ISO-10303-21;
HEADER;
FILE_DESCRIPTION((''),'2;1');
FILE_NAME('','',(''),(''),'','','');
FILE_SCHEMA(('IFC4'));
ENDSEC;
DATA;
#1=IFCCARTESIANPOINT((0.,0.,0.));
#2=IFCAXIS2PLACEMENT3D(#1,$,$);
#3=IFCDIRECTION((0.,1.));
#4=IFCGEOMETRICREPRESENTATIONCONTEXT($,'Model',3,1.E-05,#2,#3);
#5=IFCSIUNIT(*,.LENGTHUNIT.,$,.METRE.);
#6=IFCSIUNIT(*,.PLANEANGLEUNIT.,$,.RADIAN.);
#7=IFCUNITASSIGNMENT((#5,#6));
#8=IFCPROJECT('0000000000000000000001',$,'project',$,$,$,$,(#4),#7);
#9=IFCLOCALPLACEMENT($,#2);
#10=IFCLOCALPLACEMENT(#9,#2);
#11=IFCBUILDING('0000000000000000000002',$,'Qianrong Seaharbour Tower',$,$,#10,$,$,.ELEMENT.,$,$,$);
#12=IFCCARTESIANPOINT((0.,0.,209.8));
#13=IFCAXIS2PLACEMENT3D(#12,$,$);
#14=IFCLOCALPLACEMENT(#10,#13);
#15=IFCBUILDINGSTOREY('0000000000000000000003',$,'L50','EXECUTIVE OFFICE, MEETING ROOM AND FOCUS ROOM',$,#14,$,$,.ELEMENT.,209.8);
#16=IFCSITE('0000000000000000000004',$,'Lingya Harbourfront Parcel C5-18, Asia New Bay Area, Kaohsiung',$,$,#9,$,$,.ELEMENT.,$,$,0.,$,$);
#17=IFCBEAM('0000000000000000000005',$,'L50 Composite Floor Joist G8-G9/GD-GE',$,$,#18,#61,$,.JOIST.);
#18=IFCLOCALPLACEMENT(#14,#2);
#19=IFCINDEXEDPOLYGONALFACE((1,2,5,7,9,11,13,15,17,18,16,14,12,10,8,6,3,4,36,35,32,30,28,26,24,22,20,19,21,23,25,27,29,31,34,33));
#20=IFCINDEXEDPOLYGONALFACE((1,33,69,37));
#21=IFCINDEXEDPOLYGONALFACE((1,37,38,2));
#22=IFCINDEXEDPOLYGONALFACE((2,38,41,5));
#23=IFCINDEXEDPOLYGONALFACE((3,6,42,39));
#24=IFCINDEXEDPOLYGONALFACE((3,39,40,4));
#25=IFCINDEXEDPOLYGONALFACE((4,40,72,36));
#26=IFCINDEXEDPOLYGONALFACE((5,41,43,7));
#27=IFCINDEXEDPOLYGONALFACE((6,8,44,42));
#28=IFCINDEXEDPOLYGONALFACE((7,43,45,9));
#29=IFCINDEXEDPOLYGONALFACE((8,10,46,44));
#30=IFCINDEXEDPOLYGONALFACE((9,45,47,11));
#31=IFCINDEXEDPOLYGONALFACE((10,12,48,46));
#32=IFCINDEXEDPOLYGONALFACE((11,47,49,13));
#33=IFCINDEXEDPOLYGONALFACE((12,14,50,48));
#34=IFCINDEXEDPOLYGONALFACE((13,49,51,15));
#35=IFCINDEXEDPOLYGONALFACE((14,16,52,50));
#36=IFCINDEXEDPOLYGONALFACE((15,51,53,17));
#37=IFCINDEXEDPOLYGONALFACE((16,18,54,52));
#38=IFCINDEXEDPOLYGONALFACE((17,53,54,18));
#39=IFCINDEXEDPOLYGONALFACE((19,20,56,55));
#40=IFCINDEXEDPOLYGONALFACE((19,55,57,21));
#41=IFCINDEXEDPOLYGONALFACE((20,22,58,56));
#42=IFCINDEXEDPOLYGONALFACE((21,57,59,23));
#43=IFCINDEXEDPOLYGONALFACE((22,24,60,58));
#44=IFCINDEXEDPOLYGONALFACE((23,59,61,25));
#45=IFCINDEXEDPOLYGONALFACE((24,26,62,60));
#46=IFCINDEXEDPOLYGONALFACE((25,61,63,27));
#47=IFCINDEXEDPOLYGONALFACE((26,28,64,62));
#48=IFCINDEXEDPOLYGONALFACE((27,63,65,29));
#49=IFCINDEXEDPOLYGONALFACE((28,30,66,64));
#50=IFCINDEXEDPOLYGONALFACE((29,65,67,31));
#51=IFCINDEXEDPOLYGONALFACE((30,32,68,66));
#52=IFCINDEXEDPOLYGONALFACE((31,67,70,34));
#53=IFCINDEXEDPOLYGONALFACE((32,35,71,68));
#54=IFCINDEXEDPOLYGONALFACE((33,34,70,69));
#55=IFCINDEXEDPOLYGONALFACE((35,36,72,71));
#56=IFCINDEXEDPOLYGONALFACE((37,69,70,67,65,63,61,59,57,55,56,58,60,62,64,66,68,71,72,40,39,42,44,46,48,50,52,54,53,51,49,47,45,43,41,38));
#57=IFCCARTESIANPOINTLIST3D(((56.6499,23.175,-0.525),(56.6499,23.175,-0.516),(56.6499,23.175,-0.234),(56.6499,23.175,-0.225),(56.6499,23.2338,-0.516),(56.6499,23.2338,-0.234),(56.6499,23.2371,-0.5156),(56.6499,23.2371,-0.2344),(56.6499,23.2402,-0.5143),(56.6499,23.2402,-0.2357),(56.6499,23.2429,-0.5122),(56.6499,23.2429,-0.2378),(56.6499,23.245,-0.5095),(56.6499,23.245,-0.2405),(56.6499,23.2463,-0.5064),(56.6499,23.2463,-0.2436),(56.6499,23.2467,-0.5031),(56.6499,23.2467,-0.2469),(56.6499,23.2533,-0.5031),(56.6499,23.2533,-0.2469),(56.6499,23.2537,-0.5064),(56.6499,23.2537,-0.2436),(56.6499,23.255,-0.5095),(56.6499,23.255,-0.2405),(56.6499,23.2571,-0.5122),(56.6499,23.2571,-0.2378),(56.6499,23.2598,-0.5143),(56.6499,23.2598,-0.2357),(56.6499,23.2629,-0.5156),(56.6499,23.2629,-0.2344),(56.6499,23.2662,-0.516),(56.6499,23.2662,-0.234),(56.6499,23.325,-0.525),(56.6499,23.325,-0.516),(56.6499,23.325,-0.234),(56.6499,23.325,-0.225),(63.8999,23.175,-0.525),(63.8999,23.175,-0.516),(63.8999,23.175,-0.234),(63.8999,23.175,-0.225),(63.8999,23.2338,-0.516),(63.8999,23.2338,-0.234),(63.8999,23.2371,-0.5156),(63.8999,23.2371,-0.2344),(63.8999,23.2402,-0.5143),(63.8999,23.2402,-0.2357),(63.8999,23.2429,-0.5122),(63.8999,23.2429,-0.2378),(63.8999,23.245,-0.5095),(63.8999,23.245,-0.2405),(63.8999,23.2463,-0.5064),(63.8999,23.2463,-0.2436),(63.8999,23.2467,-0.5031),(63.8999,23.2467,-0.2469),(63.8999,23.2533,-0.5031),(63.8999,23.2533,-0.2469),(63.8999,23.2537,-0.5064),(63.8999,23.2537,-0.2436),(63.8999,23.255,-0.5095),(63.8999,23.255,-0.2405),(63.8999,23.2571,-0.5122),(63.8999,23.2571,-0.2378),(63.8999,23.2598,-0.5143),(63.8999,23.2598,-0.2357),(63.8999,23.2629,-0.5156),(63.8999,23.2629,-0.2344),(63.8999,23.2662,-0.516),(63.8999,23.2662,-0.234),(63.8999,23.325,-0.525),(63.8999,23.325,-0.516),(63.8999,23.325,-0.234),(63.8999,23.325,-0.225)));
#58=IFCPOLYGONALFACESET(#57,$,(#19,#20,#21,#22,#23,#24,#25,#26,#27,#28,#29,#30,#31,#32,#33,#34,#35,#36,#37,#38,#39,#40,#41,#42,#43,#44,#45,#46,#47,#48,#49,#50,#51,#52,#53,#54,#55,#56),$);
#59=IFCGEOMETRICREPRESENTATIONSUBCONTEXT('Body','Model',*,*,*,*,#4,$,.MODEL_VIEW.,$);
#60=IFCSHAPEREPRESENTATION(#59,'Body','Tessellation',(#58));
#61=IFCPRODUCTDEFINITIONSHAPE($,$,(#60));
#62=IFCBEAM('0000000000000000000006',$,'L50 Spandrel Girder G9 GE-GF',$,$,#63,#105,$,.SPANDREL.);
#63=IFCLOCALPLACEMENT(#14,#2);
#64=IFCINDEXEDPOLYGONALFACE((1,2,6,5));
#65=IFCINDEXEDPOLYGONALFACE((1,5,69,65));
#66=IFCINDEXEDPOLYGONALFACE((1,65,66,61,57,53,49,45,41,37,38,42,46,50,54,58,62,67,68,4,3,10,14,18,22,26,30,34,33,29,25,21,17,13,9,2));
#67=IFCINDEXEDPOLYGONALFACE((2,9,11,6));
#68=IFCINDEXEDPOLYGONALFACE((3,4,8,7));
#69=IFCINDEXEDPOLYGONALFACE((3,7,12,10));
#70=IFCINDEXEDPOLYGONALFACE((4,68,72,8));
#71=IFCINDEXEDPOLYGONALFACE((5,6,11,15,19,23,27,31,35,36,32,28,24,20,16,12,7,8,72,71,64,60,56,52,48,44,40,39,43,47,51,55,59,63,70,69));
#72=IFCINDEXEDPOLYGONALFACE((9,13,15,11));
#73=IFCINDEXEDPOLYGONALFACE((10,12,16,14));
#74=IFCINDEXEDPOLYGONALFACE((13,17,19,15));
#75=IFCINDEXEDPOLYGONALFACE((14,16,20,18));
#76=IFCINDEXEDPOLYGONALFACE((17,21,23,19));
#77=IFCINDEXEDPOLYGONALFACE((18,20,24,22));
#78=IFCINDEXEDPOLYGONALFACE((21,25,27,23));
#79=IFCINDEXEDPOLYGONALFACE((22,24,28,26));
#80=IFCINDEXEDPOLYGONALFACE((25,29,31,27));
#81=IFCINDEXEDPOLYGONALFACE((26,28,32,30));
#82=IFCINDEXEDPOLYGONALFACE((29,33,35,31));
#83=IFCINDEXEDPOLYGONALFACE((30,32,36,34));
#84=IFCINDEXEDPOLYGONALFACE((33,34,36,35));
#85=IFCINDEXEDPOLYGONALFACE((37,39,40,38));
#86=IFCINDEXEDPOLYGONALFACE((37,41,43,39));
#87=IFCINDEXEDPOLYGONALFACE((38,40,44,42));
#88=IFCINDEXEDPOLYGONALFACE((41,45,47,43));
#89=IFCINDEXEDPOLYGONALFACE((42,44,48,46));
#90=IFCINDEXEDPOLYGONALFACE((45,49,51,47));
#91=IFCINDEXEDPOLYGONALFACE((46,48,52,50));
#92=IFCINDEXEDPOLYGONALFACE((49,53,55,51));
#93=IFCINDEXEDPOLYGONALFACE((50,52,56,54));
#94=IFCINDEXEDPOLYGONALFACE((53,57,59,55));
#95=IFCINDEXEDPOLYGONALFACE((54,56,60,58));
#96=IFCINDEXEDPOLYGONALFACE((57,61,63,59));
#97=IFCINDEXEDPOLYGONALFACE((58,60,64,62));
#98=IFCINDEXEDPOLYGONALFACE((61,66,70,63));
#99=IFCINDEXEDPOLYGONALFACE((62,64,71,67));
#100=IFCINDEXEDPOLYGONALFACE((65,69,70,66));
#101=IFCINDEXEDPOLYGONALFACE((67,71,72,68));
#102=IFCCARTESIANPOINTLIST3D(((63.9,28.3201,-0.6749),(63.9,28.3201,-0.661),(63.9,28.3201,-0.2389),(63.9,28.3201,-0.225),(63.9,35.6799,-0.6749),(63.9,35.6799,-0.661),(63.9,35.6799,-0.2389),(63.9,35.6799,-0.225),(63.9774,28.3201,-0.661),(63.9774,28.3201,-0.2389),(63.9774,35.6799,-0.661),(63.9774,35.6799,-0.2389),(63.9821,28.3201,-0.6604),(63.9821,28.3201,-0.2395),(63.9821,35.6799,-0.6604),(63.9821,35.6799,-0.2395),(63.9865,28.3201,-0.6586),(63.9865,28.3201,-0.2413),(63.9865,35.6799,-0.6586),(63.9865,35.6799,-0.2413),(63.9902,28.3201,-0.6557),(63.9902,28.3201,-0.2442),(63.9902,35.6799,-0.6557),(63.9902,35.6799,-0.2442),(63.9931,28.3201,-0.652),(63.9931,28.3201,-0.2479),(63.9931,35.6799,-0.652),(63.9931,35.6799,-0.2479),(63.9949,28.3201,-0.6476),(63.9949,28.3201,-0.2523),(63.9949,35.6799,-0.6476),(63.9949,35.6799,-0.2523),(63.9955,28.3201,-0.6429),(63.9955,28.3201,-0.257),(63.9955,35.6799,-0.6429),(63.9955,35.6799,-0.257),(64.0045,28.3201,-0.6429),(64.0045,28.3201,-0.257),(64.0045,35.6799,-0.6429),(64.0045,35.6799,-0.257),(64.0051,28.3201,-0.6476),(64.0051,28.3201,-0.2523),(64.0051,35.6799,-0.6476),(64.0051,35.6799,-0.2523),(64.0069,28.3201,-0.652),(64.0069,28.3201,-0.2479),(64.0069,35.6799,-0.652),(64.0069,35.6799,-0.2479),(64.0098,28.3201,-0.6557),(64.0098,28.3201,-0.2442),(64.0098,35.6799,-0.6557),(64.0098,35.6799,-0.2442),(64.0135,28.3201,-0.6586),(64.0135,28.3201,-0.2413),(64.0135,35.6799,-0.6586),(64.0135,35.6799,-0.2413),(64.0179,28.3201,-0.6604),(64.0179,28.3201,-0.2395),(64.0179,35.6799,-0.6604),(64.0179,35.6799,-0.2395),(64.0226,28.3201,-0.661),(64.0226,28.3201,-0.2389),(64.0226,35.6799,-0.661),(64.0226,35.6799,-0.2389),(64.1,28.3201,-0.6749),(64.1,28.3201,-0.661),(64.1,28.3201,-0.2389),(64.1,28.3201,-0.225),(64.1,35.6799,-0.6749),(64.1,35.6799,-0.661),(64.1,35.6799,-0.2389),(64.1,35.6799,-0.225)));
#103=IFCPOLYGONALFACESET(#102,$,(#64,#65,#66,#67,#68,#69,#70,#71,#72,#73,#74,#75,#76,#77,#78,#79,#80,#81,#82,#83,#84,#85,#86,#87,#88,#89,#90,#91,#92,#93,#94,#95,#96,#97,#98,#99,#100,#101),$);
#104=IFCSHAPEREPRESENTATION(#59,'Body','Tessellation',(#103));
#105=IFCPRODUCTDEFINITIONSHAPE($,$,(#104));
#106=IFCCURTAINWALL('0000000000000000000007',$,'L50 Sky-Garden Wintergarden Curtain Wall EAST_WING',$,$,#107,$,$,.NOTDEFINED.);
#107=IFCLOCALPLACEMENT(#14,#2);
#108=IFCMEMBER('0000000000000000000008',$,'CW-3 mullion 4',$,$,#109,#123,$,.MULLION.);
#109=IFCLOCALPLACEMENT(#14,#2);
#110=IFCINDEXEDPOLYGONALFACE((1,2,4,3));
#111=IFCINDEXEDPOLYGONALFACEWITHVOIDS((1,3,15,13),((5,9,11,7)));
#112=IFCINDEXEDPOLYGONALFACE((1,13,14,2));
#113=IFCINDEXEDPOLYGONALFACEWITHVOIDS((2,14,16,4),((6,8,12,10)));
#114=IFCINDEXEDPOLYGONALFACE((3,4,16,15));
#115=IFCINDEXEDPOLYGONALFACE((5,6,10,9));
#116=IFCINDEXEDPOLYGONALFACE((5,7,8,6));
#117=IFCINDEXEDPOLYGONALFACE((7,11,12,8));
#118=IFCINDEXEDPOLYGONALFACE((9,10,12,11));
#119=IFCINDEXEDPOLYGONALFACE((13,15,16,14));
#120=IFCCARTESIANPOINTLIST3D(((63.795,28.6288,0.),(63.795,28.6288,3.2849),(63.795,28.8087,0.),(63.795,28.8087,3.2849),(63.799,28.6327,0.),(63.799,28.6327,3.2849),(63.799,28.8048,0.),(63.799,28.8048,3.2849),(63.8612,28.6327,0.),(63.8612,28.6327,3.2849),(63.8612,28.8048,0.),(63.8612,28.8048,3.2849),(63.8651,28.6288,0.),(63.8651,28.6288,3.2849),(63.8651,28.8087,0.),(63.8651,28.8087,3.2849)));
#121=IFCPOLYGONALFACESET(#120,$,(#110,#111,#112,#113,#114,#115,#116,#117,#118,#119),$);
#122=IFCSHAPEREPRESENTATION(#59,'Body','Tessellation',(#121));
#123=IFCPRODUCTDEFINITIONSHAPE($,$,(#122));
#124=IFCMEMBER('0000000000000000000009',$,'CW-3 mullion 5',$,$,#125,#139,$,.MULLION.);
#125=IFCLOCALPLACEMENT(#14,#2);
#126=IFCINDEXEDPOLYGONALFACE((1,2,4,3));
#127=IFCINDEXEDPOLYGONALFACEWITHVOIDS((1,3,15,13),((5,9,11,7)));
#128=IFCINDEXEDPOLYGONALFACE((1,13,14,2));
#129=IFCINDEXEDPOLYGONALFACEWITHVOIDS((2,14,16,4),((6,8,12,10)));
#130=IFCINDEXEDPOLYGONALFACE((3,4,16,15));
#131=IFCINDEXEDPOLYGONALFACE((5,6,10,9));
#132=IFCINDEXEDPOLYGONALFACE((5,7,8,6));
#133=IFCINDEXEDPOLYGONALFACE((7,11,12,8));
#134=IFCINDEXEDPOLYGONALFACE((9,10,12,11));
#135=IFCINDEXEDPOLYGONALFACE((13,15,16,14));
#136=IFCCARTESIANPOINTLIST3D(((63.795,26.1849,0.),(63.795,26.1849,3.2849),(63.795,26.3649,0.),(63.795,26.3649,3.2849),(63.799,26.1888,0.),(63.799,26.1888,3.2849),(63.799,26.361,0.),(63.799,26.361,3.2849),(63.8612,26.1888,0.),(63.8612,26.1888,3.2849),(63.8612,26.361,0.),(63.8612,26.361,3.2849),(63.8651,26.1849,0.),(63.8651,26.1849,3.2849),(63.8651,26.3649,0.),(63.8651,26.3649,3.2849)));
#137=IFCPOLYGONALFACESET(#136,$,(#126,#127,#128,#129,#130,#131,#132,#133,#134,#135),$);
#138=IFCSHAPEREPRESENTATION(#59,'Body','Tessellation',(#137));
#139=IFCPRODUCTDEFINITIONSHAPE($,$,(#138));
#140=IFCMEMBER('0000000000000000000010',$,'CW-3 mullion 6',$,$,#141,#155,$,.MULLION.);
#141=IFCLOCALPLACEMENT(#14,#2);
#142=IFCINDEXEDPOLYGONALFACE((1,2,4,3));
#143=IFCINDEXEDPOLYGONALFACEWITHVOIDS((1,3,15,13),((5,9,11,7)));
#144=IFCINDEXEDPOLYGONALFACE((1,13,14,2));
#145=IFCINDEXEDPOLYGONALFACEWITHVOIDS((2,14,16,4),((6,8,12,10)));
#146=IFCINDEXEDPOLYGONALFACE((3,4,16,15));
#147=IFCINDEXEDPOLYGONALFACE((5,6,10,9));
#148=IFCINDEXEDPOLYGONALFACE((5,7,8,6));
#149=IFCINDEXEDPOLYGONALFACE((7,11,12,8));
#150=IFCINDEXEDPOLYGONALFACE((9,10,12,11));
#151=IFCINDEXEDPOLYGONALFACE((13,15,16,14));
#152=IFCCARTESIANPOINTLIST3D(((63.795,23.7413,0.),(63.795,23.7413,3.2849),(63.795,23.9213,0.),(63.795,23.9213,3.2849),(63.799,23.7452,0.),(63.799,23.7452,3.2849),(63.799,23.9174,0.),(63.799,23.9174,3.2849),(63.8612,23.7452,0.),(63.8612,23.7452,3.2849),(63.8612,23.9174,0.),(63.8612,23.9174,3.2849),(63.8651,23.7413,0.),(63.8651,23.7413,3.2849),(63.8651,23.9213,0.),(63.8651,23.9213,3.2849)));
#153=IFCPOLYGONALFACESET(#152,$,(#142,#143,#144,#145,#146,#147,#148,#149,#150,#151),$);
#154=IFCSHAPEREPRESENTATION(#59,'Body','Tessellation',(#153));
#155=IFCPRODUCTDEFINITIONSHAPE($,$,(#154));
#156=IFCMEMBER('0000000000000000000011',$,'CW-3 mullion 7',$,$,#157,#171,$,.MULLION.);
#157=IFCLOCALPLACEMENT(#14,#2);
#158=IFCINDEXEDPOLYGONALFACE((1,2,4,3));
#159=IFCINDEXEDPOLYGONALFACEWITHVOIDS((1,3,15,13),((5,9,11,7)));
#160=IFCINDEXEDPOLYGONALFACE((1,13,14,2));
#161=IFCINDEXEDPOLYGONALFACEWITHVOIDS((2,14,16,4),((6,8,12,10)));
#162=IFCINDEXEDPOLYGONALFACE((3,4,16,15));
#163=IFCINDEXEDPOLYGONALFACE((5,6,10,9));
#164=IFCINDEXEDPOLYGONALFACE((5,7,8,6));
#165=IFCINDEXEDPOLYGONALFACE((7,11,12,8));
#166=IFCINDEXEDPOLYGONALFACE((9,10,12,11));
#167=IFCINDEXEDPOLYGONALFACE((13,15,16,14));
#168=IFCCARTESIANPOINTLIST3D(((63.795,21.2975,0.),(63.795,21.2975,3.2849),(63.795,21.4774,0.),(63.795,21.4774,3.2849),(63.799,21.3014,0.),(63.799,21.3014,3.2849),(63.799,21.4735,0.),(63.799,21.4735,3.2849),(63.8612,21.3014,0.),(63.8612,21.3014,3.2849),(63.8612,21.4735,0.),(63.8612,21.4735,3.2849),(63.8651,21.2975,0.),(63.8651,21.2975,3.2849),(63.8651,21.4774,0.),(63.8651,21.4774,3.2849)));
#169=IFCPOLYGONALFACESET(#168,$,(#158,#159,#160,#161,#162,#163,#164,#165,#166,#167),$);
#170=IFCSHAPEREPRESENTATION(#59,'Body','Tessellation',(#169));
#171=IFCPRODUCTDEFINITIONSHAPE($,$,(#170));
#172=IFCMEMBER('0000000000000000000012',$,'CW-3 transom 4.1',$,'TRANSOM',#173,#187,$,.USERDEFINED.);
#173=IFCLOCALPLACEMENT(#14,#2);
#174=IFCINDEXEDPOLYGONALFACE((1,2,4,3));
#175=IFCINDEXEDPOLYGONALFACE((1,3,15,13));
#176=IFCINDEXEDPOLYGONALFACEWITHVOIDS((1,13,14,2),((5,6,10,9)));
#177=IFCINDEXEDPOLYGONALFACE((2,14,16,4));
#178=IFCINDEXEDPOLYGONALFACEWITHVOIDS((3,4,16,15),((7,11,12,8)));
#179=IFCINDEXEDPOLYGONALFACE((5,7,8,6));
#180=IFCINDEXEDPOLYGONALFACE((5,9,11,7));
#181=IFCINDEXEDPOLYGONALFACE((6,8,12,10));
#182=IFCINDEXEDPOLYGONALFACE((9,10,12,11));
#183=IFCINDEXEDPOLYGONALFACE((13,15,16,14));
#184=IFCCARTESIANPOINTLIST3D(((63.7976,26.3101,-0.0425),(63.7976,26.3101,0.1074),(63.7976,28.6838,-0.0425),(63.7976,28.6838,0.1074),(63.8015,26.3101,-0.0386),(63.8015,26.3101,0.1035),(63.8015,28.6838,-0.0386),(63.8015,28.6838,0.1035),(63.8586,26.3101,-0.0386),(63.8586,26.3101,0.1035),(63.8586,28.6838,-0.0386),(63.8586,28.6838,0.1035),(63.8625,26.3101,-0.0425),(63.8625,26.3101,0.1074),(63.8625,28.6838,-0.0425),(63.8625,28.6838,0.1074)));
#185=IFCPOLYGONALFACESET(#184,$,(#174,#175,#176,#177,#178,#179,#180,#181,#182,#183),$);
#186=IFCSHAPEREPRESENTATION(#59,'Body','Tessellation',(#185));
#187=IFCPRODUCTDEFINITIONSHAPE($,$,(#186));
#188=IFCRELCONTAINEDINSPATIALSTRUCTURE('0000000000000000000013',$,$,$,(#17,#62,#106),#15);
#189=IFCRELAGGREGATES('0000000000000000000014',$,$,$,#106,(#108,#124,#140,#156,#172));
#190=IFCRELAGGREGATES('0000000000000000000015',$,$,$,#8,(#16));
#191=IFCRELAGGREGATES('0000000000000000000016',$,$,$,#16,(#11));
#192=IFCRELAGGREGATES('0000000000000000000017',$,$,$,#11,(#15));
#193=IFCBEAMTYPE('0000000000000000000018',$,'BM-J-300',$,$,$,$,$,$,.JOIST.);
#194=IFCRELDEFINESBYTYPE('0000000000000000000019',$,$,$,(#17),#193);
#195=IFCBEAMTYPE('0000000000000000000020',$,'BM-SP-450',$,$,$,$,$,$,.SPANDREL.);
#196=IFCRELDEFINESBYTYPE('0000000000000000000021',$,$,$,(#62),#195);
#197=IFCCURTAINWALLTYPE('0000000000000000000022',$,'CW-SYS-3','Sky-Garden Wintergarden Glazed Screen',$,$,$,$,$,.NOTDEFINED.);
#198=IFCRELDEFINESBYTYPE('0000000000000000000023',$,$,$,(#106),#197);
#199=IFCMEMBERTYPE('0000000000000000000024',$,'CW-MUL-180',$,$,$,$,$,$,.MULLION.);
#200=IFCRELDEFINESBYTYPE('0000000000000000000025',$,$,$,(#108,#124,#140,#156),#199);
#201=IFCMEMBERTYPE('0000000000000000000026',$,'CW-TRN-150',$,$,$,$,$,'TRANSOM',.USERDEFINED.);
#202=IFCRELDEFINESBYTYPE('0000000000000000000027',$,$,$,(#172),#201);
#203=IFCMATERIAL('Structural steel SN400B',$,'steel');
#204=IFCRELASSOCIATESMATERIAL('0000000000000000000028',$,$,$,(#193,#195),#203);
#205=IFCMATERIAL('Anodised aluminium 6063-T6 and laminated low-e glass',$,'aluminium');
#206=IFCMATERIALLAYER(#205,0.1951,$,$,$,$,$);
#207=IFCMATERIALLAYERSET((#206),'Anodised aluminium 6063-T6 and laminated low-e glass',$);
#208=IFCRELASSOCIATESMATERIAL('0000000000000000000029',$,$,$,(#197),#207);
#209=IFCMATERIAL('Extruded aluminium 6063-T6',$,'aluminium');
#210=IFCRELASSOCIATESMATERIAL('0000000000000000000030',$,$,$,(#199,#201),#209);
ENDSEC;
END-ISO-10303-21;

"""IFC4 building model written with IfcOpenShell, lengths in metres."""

from ifc_helpers import new_model, si_unit, direction, frame, origin, origin_2d, place, context, subcontext, project, spatial, hollow_rectangle, i_section, extrude, material, layer, layer_set, material_profile, profile_set, type_object, element, aggregate, save


model = new_model("IFC4")

# Units and contexts
model_context = context("Model", 3, precision=1e-05, world=origin(), true_north=direction((0.0, 1.0)))
body_context = subcontext(model_context, "Body", "Model", "MODEL_VIEW")
ifc_project = project(units=[si_unit("LENGTHUNIT", "METRE"), si_unit("PLANEANGLEUNIT", "RADIAN")], contexts=[model_context])

# Site, building, storey
site_placement = place(None, origin())
site = spatial("IfcSite", under=ifc_project, at=site_placement, Name="Lingya Harbourfront Parcel C5-18, Asia New Bay Area, Kaohsiung", CompositionType="ELEMENT", RefElevation=0.0)
building_placement = place(site_placement, origin())
building = spatial("IfcBuilding", under=site, at=building_placement, Name="Qianrong Seaharbour Tower", CompositionType="ELEMENT")
storey_placement = place(building_placement, frame((0.0, 0.0, 209.8)))
storey = spatial("IfcBuildingStorey", under=building, at=storey_placement, Name="L50", Description="EXECUTIVE OFFICE, MEETING ROOM AND FOCUS ROOM", CompositionType="ELEMENT", Elevation=209.8)

# Beams
ifc_material_1 = material(Name="Structural steel SN400B", Category="steel")
ifc_material_profile_1 = material_profile(ifc_material_1, i_section(OverallWidth=0.1499, OverallDepth=0.3, WebThickness=0.0066, FlangeThickness=0.009, FilletRadius=0.0129, at=origin_2d()), Name="H300x150x6.5x9")
ifc_profile_set_1 = profile_set([ifc_material_profile_1], Name="Structural steel SN400B")
beam_type_1 = type_object("IfcBeamType", Name="BM-J-300", PredefinedType="JOIST", material=ifc_profile_set_1)
beam_1_placement = place(storey_placement, frame((56.6499, 23.25, -0.375), z_axis=(1.0, 0.0, 0.0), x_axis=(0.0, 1.0, 0.0)))
element("IfcBeam", 1, at=beam_1_placement, inside=storey, type_object=beam_type_1, Name="L50 Composite Floor Joist G8-G9/GD-GE", PredefinedType="JOIST", context=body_context, shape_type="SweptSolid", body=[
    extrude(i_section(OverallWidth=0.1499, OverallDepth=0.3, WebThickness=0.0066, FlangeThickness=0.009, FilletRadius=0.0129, at=origin_2d()), origin(), (0.0, 0.0, 1.0), 7.25),
])
ifc_material_profile_2 = material_profile(ifc_material_1, i_section(OverallWidth=0.2, OverallDepth=0.45, WebThickness=0.009, FlangeThickness=0.0139, FilletRadius=0.0181, at=origin_2d()), Name="H450x200x9x14")
ifc_profile_set_2 = profile_set([ifc_material_profile_2], Name="Structural steel SN400B")
beam_type_2 = type_object("IfcBeamType", Name="BM-SP-450", PredefinedType="SPANDREL", material=ifc_profile_set_2)
beam_2_placement = place(storey_placement, frame((64.0, 28.3201, -0.45), z_axis=(0.0, 1.0, 0.0), x_axis=(-1.0, 0.0, 0.0)))
element("IfcBeam", 2, at=beam_2_placement, inside=storey, type_object=beam_type_2, Name="L50 Spandrel Girder G9 GE-GF", PredefinedType="SPANDREL", context=body_context, shape_type="SweptSolid", body=[
    extrude(i_section(OverallWidth=0.2, OverallDepth=0.45, WebThickness=0.009, FlangeThickness=0.0139, FilletRadius=0.0181, at=origin_2d()), origin(), (0.0, 0.0, 1.0), 7.3599),
])

# Curtain wall, members
ifc_material_2 = material(Name="Anodised aluminium 6063-T6 and laminated low-e glass", Category="aluminium")
ifc_layer_1 = layer(ifc_material_2, 0.1951)
ifc_layer_set_1 = layer_set([ifc_layer_1], Name="Anodised aluminium 6063-T6 and laminated low-e glass")
curtain_wall_type = type_object("IfcCurtainWallType", Name="CW-SYS-3", Description="Sky-Garden Wintergarden Glazed Screen", PredefinedType="NOTDEFINED", material=ifc_layer_set_1)
curtain_wall_placement = place(storey_placement, origin())
curtain_wall = element("IfcCurtainWall", 3, at=curtain_wall_placement, inside=storey, type_object=curtain_wall_type, Name="L50 Sky-Garden Wintergarden Curtain Wall EAST_WING", PredefinedType="NOTDEFINED")
ifc_material_3 = material(Name="Extruded aluminium 6063-T6", Category="aluminium")
ifc_material_profile_3 = material_profile(ifc_material_3, hollow_rectangle(XDim=0.0701, YDim=0.1799, WallThickness=0.0039, at=origin_2d()), Name="ALU-MUL-180x70x4")
ifc_profile_set_3 = profile_set([ifc_material_profile_3], Name="Extruded aluminium 6063-T6")
member_type_1 = type_object("IfcMemberType", Name="CW-MUL-180", PredefinedType="MULLION", material=ifc_profile_set_3)
member_1_placement = place(storey_placement, frame((63.8301, 28.7188, 0.0), z_axis=(0.0, 0.0, 1.0), x_axis=(1.0, 0.0, 0.0)))
member_1 = element("IfcMember", 4, at=member_1_placement, type_object=member_type_1, Name="CW-3 mullion 4", PredefinedType="MULLION", context=body_context, shape_type="SweptSolid", body=[
    extrude(hollow_rectangle(XDim=0.0701, YDim=0.1799, WallThickness=0.0039, at=origin_2d()), origin(), (0.0, 0.0, 1.0), 3.2849),
])
member_2_placement = place(storey_placement, frame((63.8301, 26.2749, 0.0), z_axis=(0.0, 0.0, 1.0), x_axis=(1.0, 0.0, 0.0)))
member_2 = element("IfcMember", 5, at=member_2_placement, type_object=member_type_1, Name="CW-3 mullion 5", PredefinedType="MULLION", context=body_context, shape_type="SweptSolid", body=[
    extrude(hollow_rectangle(XDim=0.0701, YDim=0.1799, WallThickness=0.0039, at=origin_2d()), origin(), (0.0, 0.0, 1.0), 3.2849),
])
member_3_placement = place(storey_placement, frame((63.8301, 23.8313, 0.0), z_axis=(0.0, 0.0, 1.0), x_axis=(1.0, 0.0, 0.0)))
member_3 = element("IfcMember", 6, at=member_3_placement, type_object=member_type_1, Name="CW-3 mullion 6", PredefinedType="MULLION", context=body_context, shape_type="SweptSolid", body=[
    extrude(hollow_rectangle(XDim=0.0701, YDim=0.1799, WallThickness=0.0039, at=origin_2d()), origin(), (0.0, 0.0, 1.0), 3.2849),
])
member_4_placement = place(storey_placement, frame((63.8301, 21.3875, 0.0), z_axis=(0.0, 0.0, 1.0), x_axis=(1.0, 0.0, 0.0)))
member_4 = element("IfcMember", 7, at=member_4_placement, type_object=member_type_1, Name="CW-3 mullion 7", PredefinedType="MULLION", context=body_context, shape_type="SweptSolid", body=[
    extrude(hollow_rectangle(XDim=0.0701, YDim=0.1799, WallThickness=0.0039, at=origin_2d()), origin(), (0.0, 0.0, 1.0), 3.2849),
])
ifc_material_profile_4 = material_profile(ifc_material_3, hollow_rectangle(XDim=0.0649, YDim=0.1499, WallThickness=0.0039, at=origin_2d()), Name="ALU-TRN-150x65x4")
ifc_profile_set_4 = profile_set([ifc_material_profile_4], Name="Extruded aluminium 6063-T6")
member_type_2 = type_object("IfcMemberType", Name="CW-TRN-150", ElementType="TRANSOM", PredefinedType="USERDEFINED", material=ifc_profile_set_4)
member_5_placement = place(storey_placement, frame((63.8301, 28.6838, 0.0325), z_axis=(0.0, -1.0, 0.0), x_axis=(1.0, 0.0, 0.0)))
member_5 = element("IfcMember", 8, at=member_5_placement, type_object=member_type_2, Name="CW-3 transom 4.1", ObjectType="TRANSOM", PredefinedType="USERDEFINED", context=body_context, shape_type="SweptSolid", body=[
    extrude(hollow_rectangle(XDim=0.0649, YDim=0.1499, WallThickness=0.0039, at=origin_2d()), origin(), (0.0, 0.0, 1.0), 2.3738),
])
aggregate(curtain_wall, [member_1, member_2, member_3, member_4, member_5])

save(model, "model.ifc")
